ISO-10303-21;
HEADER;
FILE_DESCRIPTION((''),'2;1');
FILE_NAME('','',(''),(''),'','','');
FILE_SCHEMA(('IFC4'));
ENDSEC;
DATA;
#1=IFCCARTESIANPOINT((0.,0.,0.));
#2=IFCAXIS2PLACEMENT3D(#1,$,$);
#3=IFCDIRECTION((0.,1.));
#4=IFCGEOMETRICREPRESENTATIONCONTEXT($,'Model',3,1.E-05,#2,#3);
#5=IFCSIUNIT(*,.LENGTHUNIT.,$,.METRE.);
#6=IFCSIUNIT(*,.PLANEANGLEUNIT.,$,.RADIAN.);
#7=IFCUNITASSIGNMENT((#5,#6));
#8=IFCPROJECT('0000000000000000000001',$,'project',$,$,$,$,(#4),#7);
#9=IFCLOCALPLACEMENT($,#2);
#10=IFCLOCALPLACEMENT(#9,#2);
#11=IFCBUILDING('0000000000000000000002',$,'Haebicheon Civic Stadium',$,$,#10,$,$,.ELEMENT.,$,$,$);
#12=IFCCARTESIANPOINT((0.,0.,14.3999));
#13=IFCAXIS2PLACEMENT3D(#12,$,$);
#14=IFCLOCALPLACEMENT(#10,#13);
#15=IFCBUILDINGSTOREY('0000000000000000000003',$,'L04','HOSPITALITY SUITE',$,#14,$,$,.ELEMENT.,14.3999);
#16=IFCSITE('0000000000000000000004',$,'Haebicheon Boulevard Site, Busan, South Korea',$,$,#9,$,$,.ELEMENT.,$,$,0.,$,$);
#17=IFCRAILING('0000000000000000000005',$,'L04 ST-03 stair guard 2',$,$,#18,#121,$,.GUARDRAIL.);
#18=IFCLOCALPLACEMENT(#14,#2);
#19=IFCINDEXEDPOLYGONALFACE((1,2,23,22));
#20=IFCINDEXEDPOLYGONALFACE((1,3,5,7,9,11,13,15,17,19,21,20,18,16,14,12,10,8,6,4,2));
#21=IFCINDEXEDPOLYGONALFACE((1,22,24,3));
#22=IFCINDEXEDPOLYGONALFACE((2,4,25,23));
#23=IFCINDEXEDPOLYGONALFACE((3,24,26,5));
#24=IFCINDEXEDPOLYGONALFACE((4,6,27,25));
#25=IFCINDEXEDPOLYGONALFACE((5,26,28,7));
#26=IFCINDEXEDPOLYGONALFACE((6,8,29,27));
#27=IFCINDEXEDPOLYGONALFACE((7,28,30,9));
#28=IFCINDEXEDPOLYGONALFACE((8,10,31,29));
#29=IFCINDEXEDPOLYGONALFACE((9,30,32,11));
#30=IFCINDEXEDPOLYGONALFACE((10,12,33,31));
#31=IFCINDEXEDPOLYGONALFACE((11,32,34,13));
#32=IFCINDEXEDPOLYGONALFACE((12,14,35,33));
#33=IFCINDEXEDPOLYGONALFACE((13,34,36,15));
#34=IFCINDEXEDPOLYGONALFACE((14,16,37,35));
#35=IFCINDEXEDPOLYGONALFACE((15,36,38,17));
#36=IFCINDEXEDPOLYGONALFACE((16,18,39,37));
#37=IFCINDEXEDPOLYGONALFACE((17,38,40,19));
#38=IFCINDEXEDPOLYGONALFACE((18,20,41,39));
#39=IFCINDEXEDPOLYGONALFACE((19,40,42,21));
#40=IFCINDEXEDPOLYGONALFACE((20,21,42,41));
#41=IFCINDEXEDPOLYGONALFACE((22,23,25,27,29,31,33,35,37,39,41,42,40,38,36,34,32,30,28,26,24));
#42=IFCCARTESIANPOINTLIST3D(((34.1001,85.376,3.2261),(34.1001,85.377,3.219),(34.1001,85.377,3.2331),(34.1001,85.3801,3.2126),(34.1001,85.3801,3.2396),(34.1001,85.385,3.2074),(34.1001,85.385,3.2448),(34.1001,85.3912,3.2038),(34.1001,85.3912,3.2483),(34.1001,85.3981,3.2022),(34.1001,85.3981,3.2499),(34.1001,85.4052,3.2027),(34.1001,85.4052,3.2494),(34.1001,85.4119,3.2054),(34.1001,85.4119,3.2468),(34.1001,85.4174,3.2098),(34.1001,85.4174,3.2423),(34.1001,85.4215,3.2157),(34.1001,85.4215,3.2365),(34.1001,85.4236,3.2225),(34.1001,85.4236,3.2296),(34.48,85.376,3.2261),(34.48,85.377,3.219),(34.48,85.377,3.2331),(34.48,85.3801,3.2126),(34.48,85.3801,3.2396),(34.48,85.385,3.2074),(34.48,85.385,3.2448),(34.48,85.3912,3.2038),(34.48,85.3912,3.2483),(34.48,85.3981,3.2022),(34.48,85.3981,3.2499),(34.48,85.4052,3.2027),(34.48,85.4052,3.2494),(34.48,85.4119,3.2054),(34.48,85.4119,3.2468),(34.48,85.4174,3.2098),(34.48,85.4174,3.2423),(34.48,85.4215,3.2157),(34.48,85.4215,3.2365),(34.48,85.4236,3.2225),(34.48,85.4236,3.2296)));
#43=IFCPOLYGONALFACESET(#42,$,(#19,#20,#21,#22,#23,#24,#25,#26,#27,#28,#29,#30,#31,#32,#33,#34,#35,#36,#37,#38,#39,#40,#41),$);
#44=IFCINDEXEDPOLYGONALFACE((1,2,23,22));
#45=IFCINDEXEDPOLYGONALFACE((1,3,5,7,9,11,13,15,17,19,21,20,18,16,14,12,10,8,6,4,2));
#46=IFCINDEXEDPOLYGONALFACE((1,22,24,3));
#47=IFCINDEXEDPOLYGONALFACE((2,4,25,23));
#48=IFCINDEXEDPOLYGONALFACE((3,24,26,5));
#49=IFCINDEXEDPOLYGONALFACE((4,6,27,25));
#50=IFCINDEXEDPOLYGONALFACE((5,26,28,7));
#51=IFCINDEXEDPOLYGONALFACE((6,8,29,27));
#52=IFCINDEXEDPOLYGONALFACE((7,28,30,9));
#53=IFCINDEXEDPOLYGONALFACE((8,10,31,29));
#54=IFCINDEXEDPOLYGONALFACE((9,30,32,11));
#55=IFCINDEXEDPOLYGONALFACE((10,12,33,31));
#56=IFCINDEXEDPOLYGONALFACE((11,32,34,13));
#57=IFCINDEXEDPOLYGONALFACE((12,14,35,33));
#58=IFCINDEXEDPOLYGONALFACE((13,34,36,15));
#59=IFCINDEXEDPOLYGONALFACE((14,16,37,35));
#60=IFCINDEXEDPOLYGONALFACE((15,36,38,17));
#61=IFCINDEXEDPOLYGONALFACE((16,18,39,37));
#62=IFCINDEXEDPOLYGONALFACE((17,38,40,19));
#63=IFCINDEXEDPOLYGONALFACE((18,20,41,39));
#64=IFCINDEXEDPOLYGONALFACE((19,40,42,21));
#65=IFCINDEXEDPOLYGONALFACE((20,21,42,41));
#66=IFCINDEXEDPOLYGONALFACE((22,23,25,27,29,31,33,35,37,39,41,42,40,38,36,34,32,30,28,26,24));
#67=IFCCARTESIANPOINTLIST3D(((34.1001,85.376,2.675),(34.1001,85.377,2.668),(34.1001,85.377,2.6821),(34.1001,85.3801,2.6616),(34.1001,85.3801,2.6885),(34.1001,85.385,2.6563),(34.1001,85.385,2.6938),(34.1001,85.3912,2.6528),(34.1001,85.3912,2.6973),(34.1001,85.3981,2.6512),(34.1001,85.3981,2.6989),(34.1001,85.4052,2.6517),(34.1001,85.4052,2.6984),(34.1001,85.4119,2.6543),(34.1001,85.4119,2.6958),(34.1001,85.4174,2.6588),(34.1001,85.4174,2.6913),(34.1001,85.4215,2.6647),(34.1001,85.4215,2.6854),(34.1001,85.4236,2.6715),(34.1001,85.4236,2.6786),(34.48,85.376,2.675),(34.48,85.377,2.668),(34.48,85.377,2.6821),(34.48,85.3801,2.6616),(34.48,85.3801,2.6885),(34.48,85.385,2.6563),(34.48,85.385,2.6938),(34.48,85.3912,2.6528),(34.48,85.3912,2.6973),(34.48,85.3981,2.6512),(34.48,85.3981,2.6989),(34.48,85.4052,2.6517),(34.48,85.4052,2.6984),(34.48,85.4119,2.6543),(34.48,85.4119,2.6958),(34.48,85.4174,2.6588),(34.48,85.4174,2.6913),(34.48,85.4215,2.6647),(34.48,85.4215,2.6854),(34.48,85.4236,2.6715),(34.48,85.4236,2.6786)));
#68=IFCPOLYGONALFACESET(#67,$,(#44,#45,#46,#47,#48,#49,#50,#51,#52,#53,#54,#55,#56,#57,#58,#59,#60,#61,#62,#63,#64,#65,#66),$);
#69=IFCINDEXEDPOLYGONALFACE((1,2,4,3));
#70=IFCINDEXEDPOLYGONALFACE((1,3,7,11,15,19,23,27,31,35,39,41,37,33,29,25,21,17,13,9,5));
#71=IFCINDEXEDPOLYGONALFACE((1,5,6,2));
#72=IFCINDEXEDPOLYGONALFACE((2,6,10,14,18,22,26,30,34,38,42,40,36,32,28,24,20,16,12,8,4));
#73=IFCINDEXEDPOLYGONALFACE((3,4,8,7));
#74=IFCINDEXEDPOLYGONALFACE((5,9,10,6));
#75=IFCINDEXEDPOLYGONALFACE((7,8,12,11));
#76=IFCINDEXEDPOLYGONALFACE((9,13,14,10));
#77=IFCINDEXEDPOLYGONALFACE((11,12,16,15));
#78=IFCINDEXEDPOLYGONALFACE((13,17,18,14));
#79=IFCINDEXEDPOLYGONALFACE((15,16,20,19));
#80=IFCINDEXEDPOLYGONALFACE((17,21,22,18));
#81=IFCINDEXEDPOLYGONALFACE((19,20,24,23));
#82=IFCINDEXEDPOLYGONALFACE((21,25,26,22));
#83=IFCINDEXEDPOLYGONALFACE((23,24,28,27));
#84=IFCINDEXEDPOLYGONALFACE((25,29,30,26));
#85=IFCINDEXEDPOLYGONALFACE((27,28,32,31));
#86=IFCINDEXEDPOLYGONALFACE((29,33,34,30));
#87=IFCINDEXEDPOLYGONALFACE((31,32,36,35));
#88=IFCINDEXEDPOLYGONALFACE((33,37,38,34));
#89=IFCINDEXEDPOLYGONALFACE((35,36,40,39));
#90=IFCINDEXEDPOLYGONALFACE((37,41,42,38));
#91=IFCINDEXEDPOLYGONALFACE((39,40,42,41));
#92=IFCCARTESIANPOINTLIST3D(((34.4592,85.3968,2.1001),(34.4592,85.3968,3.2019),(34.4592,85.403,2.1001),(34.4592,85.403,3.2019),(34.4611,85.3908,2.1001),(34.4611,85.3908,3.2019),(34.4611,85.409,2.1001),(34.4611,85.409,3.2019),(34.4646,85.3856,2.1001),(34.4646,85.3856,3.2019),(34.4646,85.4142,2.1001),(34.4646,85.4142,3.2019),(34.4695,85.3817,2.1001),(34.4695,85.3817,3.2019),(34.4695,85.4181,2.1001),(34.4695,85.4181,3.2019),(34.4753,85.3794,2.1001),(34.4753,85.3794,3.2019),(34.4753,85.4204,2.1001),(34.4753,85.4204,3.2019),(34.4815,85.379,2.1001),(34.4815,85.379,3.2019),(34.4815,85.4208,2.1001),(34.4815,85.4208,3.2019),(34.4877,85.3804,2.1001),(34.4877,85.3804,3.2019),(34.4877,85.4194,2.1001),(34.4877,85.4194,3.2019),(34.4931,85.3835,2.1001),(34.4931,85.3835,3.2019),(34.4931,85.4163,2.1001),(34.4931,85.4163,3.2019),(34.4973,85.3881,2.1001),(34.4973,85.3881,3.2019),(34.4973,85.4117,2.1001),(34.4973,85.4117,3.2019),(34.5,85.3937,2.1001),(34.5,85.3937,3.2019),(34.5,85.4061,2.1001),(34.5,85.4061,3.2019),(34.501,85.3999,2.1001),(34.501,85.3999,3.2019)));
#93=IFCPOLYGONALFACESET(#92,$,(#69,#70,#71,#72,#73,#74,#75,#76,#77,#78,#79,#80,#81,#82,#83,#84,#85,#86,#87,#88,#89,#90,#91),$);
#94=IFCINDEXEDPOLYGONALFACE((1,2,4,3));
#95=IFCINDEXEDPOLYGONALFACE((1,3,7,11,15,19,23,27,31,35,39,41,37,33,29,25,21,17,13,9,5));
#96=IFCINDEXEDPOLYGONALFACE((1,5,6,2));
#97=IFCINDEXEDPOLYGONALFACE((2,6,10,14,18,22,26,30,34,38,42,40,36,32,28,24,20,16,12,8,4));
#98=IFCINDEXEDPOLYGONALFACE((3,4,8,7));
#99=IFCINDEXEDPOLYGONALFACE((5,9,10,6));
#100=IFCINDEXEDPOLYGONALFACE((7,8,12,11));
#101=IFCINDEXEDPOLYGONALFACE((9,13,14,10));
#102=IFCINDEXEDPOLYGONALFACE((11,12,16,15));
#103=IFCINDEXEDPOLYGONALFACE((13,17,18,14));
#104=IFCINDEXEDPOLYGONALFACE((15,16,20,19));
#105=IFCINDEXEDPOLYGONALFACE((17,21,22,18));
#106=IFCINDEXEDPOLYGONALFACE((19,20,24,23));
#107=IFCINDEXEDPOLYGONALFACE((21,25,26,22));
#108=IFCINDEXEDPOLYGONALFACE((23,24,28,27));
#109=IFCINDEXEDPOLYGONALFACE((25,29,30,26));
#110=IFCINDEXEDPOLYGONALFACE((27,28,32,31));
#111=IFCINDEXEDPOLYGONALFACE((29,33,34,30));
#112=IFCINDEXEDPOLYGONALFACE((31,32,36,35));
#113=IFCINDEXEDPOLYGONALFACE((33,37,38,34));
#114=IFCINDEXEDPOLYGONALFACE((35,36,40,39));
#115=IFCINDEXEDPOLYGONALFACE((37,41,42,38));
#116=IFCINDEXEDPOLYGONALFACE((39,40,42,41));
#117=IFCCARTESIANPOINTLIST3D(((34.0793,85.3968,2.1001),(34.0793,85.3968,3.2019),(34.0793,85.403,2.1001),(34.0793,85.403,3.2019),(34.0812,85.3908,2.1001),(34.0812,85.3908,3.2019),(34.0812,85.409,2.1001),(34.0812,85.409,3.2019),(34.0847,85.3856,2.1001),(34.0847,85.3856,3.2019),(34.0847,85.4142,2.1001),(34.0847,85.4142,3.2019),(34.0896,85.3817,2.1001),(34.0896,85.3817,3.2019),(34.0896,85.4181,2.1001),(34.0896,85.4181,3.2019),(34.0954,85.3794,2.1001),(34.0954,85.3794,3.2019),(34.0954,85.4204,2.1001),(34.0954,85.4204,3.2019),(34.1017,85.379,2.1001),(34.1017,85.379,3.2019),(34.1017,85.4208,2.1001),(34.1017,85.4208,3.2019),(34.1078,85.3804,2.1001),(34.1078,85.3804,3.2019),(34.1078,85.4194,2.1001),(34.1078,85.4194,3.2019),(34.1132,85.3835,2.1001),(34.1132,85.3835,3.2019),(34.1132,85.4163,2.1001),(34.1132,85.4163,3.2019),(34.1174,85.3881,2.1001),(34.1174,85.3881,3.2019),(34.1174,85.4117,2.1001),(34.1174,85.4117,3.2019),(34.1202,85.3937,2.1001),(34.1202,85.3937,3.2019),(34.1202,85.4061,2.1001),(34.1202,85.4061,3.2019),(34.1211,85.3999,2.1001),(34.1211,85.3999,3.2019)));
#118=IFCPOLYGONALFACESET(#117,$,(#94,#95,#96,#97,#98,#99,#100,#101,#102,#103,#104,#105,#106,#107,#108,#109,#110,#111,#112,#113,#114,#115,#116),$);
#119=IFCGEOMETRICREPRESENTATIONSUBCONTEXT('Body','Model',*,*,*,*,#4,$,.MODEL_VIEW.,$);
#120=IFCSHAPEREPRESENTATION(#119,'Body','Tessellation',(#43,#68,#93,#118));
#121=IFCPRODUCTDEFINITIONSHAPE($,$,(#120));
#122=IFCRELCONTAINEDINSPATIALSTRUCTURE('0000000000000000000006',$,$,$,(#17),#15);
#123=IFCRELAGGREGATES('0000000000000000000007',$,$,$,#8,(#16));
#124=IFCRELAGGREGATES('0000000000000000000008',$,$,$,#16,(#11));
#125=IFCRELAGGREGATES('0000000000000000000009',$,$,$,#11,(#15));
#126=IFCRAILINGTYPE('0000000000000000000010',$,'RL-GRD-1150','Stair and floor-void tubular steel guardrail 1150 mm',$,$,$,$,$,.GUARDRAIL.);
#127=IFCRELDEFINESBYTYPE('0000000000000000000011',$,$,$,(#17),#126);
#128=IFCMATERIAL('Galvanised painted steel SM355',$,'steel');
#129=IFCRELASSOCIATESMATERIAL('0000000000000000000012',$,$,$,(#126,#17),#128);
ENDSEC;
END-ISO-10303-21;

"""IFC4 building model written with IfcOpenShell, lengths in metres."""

from ifc_helpers import new_model, si_unit, direction, frame, origin, origin_2d, place, context, subcontext, project, spatial, circle, extrude, material, type_object, element, save


model = new_model("IFC4")

# Units and contexts
model_context = context("Model", 3, precision=1e-05, world=origin(), true_north=direction((0.0, 1.0)))
body_context = subcontext(model_context, "Body", "Model", "MODEL_VIEW")
ifc_project = project(units=[si_unit("LENGTHUNIT", "METRE"), si_unit("PLANEANGLEUNIT", "RADIAN")], contexts=[model_context])

# Site, building, storey
site_placement = place(None, origin())
site = spatial("IfcSite", under=ifc_project, at=site_placement, Name="Haebicheon Boulevard Site, Busan, South Korea", CompositionType="ELEMENT", RefElevation=0.0)
building_placement = place(site_placement, origin())
building = spatial("IfcBuilding", under=site, at=building_placement, Name="Haebicheon Civic Stadium", CompositionType="ELEMENT")
storey_placement = place(building_placement, frame((0.0, 0.0, 14.3999)))
storey = spatial("IfcBuildingStorey", under=building, at=storey_placement, Name="L04", Description="HOSPITALITY SUITE", CompositionType="ELEMENT", Elevation=14.3999)

# Railing
ifc_material_1 = material(Name="Galvanised painted steel SM355", Category="steel")
railing_type_1 = type_object("IfcRailingType", Name="RL-GRD-1150", Description="Stair and floor-void tubular steel guardrail 1150 mm", PredefinedType="GUARDRAIL", material=ifc_material_1)
railing_1_placement = place(storey_placement, frame((34.48, 85.3999, 2.1001)))
element("IfcRailing", 1, at=railing_1_placement, inside=storey, type_object=railing_type_1, material=ifc_material_1, Name="L04 ST-03 stair guard 2", PredefinedType="GUARDRAIL", context=body_context, shape_type="SweptSolid", body=[
    extrude(circle(Radius=0.0239, at=origin_2d()), frame((0.0, 0.0, 1.126), z_axis=(-1.0, 0.0, 0.0), x_axis=(0.0, -1.0, 0.0)), (0.0, 0.0, 1.0), 0.3799),
    extrude(circle(Radius=0.0239, at=origin_2d()), frame((0.0, 0.0, 0.575), z_axis=(-1.0, 0.0, 0.0), x_axis=(0.0, -1.0, 0.0)), (0.0, 0.0, 1.0), 0.3799),
    extrude(circle(Radius=0.021, at=origin_2d()), origin(), (0.0, 0.0, 1.0), 1.1018),
    extrude(circle(Radius=0.021, at=origin_2d()), frame((-0.3799, 0.0, 0.0)), (0.0, 0.0, 1.0), 1.1018),
])

save(model, "model.ifc")
